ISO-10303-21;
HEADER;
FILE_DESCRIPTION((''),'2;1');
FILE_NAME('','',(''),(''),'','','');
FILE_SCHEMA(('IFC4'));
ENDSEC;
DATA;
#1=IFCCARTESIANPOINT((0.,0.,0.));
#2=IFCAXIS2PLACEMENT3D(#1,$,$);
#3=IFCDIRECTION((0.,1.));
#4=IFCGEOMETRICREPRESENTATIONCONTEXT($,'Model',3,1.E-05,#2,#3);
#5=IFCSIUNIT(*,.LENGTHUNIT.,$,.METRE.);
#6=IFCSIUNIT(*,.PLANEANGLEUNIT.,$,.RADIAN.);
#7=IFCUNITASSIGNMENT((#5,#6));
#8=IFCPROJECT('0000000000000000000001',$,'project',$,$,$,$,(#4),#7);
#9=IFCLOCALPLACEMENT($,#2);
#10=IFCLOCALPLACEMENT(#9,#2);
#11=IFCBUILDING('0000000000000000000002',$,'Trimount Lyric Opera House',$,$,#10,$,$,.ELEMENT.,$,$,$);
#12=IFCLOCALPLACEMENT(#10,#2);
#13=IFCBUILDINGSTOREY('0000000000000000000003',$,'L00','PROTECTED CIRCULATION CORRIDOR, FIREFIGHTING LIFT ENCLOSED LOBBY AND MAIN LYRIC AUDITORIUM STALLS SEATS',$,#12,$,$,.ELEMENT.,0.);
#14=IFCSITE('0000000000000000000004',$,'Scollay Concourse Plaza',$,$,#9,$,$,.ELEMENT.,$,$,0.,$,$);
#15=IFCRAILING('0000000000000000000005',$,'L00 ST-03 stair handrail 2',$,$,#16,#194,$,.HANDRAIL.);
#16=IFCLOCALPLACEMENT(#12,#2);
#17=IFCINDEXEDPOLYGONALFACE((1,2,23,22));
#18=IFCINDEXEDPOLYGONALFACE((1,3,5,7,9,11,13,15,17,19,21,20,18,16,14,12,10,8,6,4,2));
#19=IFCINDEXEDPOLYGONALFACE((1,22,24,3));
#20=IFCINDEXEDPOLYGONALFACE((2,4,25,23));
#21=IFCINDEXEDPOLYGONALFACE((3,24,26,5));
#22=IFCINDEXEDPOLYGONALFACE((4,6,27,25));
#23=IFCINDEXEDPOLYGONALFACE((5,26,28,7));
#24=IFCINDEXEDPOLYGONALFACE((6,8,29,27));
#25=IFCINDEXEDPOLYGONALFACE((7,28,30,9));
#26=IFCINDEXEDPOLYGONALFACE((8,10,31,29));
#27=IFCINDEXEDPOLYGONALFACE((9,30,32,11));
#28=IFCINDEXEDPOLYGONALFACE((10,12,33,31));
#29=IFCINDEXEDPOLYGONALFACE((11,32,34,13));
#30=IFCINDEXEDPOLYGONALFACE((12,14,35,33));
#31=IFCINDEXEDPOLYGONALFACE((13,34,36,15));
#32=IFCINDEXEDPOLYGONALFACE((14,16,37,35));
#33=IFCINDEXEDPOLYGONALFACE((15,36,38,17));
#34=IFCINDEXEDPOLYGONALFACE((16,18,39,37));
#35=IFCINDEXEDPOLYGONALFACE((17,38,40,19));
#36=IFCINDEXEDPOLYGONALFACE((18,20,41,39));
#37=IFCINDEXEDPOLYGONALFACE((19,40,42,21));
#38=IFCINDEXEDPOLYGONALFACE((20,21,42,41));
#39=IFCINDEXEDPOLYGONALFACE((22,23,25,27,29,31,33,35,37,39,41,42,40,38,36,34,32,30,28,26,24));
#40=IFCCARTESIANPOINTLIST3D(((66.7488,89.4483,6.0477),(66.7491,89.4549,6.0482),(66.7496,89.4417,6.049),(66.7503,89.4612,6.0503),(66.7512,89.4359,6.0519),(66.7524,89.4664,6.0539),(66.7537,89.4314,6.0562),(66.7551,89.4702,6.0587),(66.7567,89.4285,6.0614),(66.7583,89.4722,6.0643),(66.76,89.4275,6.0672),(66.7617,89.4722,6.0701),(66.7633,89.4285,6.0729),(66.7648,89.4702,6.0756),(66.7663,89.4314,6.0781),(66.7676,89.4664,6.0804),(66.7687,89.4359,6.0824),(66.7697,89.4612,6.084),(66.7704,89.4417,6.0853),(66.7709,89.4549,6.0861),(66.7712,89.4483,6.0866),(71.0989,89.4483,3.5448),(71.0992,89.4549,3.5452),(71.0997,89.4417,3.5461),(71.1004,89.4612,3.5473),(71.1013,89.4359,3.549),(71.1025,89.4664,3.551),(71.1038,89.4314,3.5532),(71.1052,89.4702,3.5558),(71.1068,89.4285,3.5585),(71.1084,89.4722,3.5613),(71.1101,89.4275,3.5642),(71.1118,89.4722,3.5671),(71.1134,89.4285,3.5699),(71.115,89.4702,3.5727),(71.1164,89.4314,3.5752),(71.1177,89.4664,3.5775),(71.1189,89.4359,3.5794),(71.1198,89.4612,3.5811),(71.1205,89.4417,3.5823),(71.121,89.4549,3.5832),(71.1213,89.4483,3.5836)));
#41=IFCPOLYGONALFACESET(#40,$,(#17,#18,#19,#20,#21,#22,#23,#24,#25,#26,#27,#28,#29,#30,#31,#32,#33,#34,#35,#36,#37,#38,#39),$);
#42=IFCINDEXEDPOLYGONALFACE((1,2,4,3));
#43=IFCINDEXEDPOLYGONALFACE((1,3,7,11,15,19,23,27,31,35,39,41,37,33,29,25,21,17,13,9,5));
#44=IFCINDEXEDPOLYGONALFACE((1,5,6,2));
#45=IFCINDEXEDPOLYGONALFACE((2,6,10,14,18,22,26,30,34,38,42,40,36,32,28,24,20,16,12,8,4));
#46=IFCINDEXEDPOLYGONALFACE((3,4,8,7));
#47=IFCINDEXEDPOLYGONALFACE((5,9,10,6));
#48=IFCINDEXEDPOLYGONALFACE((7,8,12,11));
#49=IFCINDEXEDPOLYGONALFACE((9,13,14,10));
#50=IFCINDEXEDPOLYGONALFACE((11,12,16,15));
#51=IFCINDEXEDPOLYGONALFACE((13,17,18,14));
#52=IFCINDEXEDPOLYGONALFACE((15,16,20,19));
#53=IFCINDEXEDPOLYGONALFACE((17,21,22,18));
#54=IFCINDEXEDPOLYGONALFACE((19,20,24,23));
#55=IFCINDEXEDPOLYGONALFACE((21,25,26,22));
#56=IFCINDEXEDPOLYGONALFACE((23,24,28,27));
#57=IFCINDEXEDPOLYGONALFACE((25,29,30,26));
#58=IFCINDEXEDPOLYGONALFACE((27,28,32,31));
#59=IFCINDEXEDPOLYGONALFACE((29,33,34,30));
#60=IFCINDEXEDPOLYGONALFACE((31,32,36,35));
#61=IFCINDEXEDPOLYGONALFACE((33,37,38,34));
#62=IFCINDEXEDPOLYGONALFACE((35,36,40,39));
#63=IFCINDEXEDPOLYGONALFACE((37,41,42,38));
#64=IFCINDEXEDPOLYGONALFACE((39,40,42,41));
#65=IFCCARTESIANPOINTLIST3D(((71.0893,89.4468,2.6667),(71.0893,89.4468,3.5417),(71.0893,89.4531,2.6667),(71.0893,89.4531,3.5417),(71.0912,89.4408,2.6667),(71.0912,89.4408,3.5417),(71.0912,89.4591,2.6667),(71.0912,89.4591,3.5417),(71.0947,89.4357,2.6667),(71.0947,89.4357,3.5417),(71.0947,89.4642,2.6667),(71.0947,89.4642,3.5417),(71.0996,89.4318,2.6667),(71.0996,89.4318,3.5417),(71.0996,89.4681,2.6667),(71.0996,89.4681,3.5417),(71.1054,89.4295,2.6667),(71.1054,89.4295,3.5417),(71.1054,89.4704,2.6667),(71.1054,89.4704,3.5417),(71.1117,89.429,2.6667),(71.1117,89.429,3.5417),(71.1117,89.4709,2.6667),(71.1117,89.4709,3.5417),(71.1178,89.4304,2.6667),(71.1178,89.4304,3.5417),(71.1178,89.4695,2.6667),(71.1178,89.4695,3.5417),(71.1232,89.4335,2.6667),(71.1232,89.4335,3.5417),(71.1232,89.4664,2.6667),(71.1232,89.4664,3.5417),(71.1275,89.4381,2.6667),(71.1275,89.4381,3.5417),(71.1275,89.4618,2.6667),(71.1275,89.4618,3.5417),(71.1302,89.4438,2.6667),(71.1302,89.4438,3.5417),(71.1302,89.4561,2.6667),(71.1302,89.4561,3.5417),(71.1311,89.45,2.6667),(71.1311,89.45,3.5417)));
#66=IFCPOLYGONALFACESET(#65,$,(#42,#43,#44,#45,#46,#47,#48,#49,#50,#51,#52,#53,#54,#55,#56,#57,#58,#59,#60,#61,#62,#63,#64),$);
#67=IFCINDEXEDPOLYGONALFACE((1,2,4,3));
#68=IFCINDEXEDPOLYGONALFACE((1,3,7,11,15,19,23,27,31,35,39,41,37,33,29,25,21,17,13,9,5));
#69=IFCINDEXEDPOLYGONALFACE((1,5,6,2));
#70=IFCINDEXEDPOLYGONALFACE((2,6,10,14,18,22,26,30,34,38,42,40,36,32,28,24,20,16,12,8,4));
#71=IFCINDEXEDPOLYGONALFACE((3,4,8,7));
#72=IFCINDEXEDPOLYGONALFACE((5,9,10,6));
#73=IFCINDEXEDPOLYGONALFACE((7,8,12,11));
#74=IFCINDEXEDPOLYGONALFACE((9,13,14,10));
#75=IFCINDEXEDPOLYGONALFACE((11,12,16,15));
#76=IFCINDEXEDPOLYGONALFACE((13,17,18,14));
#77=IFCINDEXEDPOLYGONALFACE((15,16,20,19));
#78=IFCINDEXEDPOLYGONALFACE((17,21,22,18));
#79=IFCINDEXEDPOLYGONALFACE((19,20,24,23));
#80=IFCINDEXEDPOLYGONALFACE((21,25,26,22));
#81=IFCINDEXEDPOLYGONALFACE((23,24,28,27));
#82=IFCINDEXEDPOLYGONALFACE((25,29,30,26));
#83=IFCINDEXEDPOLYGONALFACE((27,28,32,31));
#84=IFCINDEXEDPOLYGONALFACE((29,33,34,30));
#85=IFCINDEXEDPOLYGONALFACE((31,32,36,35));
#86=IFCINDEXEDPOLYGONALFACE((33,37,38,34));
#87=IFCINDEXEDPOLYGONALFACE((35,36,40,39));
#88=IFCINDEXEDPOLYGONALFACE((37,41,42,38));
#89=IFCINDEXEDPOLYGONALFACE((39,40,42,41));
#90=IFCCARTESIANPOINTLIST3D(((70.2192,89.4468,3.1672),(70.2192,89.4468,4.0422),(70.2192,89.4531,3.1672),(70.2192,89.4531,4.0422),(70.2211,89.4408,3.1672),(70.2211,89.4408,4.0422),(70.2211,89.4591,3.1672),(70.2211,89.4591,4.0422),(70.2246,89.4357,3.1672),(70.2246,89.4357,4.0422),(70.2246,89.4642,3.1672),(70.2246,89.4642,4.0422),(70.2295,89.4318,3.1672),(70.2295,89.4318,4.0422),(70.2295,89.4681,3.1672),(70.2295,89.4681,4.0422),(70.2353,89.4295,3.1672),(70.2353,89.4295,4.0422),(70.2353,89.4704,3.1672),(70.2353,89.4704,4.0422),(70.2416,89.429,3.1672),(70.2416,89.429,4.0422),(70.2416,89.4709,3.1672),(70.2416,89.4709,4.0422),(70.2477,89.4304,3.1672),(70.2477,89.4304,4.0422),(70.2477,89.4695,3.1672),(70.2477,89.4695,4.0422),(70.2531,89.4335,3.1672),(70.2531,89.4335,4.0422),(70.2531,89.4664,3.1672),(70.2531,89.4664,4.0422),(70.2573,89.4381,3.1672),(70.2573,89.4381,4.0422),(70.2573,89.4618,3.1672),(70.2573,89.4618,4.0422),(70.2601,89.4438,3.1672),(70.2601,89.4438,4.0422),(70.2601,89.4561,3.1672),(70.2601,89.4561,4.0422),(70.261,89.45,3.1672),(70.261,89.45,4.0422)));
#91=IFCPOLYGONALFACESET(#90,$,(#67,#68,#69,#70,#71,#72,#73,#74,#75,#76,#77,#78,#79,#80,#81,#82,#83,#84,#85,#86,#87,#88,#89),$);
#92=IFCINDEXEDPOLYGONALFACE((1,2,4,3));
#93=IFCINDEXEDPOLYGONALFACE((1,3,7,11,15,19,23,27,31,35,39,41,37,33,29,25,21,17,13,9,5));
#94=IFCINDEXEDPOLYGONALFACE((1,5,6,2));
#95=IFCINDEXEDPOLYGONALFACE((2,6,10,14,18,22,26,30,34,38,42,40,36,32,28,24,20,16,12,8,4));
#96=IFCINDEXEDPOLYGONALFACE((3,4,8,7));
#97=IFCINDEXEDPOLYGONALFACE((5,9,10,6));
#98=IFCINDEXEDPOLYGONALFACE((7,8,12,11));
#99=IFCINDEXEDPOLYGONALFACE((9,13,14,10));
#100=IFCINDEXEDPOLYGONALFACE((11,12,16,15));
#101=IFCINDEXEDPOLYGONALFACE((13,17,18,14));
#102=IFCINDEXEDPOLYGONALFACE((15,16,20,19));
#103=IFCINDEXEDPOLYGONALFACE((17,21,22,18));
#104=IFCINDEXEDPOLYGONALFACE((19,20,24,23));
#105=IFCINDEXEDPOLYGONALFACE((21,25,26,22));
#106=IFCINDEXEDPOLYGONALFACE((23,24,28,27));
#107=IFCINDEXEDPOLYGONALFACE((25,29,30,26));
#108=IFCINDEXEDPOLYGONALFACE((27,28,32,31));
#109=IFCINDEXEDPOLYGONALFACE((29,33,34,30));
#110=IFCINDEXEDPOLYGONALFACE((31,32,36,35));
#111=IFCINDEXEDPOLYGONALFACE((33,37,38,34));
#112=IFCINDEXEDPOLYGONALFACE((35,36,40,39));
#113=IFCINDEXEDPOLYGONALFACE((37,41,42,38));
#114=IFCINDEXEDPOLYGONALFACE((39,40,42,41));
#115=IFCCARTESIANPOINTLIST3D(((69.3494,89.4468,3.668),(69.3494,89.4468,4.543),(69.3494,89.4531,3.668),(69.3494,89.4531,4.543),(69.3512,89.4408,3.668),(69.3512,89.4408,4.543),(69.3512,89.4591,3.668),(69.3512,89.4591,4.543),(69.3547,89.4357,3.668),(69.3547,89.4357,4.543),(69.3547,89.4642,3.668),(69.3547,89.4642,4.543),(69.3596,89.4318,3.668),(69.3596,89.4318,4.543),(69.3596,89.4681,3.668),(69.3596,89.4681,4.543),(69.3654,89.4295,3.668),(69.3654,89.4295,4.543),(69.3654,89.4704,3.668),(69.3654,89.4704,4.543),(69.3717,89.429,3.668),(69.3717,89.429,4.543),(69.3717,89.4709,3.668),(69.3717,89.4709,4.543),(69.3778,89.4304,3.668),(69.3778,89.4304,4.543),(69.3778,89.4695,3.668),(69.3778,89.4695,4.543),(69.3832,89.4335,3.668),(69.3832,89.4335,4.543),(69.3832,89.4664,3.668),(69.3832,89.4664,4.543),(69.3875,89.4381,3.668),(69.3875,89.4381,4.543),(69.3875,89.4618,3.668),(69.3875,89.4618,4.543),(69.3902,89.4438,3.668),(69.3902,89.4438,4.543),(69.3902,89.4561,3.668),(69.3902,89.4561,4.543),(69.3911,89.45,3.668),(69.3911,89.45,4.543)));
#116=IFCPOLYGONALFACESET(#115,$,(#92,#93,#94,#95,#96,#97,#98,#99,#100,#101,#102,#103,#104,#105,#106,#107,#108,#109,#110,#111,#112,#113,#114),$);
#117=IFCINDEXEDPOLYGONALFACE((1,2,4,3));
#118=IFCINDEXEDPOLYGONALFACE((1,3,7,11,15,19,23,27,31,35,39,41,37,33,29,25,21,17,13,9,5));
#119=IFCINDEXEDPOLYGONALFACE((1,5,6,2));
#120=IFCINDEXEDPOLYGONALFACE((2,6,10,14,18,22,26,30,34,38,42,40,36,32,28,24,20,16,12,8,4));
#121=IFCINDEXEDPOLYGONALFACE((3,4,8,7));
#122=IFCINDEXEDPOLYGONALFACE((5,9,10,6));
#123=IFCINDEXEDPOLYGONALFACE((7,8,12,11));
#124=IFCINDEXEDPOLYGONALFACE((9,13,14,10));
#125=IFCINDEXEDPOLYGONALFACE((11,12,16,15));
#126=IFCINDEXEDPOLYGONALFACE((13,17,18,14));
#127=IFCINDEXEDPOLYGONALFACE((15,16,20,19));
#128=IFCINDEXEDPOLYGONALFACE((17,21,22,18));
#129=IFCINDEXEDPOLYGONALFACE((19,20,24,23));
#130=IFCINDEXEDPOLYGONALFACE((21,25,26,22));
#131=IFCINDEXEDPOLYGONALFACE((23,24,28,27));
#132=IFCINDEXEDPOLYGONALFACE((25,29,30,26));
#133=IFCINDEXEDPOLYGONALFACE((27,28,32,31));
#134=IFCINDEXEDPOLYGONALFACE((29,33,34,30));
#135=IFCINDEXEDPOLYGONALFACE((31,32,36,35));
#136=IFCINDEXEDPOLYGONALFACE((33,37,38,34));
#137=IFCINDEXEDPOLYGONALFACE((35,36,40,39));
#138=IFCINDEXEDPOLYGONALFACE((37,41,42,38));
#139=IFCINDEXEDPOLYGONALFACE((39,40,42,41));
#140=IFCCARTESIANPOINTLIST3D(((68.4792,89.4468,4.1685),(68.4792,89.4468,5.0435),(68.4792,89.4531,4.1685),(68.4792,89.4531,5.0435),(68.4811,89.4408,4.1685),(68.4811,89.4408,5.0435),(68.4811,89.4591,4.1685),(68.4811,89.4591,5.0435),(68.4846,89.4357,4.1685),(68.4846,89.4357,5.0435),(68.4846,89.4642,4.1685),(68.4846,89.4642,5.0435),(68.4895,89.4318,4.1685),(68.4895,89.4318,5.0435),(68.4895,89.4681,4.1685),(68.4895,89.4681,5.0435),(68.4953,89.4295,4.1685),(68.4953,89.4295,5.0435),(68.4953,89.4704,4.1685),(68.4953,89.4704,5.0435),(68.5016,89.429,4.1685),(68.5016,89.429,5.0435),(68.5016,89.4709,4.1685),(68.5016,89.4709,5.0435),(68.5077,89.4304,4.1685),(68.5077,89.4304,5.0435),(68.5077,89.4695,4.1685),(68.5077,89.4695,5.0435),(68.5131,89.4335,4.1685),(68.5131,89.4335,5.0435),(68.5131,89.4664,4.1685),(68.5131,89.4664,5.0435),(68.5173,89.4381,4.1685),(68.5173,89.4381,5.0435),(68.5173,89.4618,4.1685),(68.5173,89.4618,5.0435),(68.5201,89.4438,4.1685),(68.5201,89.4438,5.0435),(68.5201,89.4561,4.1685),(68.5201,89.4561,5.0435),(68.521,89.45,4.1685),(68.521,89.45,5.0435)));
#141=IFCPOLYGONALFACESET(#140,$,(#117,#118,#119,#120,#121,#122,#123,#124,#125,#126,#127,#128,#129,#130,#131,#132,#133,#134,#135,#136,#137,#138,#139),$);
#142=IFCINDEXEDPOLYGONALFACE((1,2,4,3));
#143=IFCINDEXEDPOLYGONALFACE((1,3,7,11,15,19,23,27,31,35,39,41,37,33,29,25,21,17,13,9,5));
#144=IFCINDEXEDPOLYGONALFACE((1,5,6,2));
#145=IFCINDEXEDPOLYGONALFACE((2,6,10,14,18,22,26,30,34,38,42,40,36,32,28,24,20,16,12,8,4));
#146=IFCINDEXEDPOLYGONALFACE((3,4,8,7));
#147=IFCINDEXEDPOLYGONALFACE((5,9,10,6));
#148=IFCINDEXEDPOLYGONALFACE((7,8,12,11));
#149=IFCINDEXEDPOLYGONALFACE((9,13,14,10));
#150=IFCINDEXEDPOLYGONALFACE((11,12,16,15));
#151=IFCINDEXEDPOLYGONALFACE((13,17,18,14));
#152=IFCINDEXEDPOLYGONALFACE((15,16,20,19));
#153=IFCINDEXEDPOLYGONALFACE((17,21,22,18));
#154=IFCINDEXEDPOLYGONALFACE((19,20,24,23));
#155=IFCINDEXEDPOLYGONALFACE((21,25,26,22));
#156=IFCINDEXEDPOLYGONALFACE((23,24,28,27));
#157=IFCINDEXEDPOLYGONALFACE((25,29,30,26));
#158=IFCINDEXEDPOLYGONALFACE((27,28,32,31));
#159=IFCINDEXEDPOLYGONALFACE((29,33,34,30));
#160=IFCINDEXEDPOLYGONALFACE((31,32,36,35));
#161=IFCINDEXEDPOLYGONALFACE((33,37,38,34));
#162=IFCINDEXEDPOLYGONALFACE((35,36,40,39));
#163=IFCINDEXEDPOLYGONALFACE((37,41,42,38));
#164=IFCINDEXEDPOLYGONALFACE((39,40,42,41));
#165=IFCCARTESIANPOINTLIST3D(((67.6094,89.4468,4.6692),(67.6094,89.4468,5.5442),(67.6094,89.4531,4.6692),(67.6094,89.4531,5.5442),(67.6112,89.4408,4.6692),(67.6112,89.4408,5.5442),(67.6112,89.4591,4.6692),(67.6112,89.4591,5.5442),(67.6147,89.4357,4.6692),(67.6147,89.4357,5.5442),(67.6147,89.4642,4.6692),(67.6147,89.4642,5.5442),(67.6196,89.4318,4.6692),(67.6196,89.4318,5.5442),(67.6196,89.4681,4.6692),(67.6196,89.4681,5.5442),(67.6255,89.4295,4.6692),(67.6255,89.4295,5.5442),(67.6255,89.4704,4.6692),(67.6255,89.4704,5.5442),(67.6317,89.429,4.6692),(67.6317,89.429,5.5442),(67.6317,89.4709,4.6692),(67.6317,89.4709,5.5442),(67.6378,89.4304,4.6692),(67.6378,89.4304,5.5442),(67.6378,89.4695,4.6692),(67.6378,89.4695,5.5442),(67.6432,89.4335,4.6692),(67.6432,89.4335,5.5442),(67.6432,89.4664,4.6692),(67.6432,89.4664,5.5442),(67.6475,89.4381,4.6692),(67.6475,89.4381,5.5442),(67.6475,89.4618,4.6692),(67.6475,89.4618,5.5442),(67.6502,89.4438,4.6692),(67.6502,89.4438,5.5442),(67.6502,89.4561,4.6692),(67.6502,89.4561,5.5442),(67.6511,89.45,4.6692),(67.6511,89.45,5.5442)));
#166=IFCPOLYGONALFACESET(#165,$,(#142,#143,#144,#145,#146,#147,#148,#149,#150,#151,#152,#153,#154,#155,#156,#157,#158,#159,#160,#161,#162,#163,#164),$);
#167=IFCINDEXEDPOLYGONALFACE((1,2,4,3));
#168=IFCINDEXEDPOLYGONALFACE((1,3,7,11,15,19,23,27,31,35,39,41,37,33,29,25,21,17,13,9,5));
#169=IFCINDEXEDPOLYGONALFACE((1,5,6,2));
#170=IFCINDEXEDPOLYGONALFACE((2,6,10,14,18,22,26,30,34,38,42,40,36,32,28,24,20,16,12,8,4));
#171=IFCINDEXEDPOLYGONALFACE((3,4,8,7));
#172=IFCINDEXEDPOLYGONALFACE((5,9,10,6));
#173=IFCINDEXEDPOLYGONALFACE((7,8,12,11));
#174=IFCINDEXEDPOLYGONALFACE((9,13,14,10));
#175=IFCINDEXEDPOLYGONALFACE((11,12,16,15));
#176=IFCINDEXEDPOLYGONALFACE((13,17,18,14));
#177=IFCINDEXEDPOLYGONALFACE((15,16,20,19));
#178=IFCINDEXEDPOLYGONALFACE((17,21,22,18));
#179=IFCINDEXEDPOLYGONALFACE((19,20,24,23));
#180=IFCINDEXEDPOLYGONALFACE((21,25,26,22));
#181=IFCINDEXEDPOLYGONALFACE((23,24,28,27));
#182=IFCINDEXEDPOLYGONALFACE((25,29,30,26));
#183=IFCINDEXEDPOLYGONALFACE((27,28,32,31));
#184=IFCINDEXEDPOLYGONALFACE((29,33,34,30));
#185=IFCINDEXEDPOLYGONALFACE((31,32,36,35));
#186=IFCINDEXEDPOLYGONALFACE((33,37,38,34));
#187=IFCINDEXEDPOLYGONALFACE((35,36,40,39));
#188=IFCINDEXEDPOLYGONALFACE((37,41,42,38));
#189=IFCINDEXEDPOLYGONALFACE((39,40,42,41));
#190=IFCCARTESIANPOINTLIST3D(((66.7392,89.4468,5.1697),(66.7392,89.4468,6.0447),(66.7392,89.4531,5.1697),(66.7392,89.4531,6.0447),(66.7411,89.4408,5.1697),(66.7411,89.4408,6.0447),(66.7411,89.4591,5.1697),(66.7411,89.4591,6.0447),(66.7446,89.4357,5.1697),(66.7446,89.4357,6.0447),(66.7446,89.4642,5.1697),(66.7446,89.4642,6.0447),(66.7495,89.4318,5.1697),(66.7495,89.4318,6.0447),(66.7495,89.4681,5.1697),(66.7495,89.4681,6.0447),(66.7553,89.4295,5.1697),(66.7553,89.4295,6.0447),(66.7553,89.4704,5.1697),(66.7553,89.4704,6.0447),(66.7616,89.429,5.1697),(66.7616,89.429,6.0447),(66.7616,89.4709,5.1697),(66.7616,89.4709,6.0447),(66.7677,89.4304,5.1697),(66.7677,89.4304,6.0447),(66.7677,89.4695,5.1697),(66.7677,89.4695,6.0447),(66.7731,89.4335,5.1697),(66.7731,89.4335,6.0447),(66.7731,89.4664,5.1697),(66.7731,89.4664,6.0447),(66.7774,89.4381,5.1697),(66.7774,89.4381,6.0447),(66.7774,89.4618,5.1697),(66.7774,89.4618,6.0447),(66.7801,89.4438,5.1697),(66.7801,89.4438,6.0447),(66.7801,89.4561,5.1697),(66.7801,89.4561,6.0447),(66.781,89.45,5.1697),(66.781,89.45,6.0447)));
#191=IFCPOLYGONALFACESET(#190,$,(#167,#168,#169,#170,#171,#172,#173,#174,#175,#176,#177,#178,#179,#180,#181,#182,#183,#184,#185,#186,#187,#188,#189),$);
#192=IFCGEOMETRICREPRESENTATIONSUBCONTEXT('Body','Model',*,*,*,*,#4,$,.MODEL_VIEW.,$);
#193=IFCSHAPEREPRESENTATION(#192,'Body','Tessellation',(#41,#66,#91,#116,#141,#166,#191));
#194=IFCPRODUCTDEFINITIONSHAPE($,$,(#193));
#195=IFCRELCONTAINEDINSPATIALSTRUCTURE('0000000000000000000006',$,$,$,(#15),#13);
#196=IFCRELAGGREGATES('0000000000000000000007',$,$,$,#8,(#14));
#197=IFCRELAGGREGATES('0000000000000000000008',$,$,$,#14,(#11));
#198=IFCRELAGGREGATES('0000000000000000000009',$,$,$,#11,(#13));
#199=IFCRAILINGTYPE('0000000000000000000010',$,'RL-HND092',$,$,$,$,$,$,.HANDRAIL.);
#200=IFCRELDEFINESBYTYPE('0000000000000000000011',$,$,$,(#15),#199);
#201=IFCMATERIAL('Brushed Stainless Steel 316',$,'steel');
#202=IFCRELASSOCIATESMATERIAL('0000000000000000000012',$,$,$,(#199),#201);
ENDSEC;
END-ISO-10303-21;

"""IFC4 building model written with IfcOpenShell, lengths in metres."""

from ifc_helpers import new_model, si_unit, direction, frame, origin, origin_2d, place, context, subcontext, project, spatial, circle, extrude, material, type_object, element, save


model = new_model("IFC4")

# Units and contexts
model_context = context("Model", 3, precision=1e-05, world=origin(), true_north=direction((0.0, 1.0)))
body_context = subcontext(model_context, "Body", "Model", "MODEL_VIEW")
ifc_project = project(units=[si_unit("LENGTHUNIT", "METRE"), si_unit("PLANEANGLEUNIT", "RADIAN")], contexts=[model_context])

# Site, building, storey
site_placement = place(None, origin())
site = spatial("IfcSite", under=ifc_project, at=site_placement, Name="Scollay Concourse Plaza", CompositionType="ELEMENT", RefElevation=0.0)
building_placement = place(site_placement, origin())
building = spatial("IfcBuilding", under=site, at=building_placement, Name="Trimount Lyric Opera House", CompositionType="ELEMENT")
storey_placement = place(building_placement, origin())
storey = spatial("IfcBuildingStorey", under=building, at=storey_placement, Name="L00", Description="PROTECTED CIRCULATION CORRIDOR, FIREFIGHTING LIFT ENCLOSED LOBBY AND MAIN LYRIC AUDITORIUM STALLS SEATS", CompositionType="ELEMENT", Elevation=0.0)

# Railing
ifc_material_1 = material(Name="Brushed Stainless Steel 316", Category="steel")
railing_type_1 = type_object("IfcRailingType", Name="RL-HND092", PredefinedType="HANDRAIL", material=ifc_material_1)
railing_1_placement = place(storey_placement, frame((71.1101, 89.45, 2.6667)))
element("IfcRailing", 1, at=railing_1_placement, inside=storey, type_object=railing_type_1, Name="L00 ST-03 stair handrail 2", PredefinedType="HANDRAIL", context=body_context, shape_type="SweptSolid", body=[
    extrude(circle(Radius=0.0225, at=origin_2d()), frame((0.0, 0.0, 0.8975), z_axis=(-0.866766, 0.0, 0.498714), x_axis=(0.0, -1.0, 0.0)), (0.0, 0.0, 1.0), 5.0188),
    extrude(circle(Radius=0.021, at=origin_2d()), origin(), (0.0, 0.0, 1.0), 0.875),
    extrude(circle(Radius=0.021, at=origin_2d()), frame((-0.8701, 0.0, 0.5005)), (0.0, 0.0, 1.0), 0.875),
    extrude(circle(Radius=0.021, at=origin_2d()), frame((-1.74, 0.0, 1.0012)), (0.0, 0.0, 1.0), 0.875),
    extrude(circle(Radius=0.021, at=origin_2d()), frame((-2.6101, 0.0, 1.5017)), (0.0, 0.0, 1.0), 0.875),
    extrude(circle(Radius=0.021, at=origin_2d()), frame((-3.48, 0.0, 2.0024)), (0.0, 0.0, 1.0), 0.875),
    extrude(circle(Radius=0.021, at=origin_2d()), frame((-4.3501, 0.0, 2.5029)), (0.0, 0.0, 1.0), 0.875),
])

save(model, "model.ifc")
